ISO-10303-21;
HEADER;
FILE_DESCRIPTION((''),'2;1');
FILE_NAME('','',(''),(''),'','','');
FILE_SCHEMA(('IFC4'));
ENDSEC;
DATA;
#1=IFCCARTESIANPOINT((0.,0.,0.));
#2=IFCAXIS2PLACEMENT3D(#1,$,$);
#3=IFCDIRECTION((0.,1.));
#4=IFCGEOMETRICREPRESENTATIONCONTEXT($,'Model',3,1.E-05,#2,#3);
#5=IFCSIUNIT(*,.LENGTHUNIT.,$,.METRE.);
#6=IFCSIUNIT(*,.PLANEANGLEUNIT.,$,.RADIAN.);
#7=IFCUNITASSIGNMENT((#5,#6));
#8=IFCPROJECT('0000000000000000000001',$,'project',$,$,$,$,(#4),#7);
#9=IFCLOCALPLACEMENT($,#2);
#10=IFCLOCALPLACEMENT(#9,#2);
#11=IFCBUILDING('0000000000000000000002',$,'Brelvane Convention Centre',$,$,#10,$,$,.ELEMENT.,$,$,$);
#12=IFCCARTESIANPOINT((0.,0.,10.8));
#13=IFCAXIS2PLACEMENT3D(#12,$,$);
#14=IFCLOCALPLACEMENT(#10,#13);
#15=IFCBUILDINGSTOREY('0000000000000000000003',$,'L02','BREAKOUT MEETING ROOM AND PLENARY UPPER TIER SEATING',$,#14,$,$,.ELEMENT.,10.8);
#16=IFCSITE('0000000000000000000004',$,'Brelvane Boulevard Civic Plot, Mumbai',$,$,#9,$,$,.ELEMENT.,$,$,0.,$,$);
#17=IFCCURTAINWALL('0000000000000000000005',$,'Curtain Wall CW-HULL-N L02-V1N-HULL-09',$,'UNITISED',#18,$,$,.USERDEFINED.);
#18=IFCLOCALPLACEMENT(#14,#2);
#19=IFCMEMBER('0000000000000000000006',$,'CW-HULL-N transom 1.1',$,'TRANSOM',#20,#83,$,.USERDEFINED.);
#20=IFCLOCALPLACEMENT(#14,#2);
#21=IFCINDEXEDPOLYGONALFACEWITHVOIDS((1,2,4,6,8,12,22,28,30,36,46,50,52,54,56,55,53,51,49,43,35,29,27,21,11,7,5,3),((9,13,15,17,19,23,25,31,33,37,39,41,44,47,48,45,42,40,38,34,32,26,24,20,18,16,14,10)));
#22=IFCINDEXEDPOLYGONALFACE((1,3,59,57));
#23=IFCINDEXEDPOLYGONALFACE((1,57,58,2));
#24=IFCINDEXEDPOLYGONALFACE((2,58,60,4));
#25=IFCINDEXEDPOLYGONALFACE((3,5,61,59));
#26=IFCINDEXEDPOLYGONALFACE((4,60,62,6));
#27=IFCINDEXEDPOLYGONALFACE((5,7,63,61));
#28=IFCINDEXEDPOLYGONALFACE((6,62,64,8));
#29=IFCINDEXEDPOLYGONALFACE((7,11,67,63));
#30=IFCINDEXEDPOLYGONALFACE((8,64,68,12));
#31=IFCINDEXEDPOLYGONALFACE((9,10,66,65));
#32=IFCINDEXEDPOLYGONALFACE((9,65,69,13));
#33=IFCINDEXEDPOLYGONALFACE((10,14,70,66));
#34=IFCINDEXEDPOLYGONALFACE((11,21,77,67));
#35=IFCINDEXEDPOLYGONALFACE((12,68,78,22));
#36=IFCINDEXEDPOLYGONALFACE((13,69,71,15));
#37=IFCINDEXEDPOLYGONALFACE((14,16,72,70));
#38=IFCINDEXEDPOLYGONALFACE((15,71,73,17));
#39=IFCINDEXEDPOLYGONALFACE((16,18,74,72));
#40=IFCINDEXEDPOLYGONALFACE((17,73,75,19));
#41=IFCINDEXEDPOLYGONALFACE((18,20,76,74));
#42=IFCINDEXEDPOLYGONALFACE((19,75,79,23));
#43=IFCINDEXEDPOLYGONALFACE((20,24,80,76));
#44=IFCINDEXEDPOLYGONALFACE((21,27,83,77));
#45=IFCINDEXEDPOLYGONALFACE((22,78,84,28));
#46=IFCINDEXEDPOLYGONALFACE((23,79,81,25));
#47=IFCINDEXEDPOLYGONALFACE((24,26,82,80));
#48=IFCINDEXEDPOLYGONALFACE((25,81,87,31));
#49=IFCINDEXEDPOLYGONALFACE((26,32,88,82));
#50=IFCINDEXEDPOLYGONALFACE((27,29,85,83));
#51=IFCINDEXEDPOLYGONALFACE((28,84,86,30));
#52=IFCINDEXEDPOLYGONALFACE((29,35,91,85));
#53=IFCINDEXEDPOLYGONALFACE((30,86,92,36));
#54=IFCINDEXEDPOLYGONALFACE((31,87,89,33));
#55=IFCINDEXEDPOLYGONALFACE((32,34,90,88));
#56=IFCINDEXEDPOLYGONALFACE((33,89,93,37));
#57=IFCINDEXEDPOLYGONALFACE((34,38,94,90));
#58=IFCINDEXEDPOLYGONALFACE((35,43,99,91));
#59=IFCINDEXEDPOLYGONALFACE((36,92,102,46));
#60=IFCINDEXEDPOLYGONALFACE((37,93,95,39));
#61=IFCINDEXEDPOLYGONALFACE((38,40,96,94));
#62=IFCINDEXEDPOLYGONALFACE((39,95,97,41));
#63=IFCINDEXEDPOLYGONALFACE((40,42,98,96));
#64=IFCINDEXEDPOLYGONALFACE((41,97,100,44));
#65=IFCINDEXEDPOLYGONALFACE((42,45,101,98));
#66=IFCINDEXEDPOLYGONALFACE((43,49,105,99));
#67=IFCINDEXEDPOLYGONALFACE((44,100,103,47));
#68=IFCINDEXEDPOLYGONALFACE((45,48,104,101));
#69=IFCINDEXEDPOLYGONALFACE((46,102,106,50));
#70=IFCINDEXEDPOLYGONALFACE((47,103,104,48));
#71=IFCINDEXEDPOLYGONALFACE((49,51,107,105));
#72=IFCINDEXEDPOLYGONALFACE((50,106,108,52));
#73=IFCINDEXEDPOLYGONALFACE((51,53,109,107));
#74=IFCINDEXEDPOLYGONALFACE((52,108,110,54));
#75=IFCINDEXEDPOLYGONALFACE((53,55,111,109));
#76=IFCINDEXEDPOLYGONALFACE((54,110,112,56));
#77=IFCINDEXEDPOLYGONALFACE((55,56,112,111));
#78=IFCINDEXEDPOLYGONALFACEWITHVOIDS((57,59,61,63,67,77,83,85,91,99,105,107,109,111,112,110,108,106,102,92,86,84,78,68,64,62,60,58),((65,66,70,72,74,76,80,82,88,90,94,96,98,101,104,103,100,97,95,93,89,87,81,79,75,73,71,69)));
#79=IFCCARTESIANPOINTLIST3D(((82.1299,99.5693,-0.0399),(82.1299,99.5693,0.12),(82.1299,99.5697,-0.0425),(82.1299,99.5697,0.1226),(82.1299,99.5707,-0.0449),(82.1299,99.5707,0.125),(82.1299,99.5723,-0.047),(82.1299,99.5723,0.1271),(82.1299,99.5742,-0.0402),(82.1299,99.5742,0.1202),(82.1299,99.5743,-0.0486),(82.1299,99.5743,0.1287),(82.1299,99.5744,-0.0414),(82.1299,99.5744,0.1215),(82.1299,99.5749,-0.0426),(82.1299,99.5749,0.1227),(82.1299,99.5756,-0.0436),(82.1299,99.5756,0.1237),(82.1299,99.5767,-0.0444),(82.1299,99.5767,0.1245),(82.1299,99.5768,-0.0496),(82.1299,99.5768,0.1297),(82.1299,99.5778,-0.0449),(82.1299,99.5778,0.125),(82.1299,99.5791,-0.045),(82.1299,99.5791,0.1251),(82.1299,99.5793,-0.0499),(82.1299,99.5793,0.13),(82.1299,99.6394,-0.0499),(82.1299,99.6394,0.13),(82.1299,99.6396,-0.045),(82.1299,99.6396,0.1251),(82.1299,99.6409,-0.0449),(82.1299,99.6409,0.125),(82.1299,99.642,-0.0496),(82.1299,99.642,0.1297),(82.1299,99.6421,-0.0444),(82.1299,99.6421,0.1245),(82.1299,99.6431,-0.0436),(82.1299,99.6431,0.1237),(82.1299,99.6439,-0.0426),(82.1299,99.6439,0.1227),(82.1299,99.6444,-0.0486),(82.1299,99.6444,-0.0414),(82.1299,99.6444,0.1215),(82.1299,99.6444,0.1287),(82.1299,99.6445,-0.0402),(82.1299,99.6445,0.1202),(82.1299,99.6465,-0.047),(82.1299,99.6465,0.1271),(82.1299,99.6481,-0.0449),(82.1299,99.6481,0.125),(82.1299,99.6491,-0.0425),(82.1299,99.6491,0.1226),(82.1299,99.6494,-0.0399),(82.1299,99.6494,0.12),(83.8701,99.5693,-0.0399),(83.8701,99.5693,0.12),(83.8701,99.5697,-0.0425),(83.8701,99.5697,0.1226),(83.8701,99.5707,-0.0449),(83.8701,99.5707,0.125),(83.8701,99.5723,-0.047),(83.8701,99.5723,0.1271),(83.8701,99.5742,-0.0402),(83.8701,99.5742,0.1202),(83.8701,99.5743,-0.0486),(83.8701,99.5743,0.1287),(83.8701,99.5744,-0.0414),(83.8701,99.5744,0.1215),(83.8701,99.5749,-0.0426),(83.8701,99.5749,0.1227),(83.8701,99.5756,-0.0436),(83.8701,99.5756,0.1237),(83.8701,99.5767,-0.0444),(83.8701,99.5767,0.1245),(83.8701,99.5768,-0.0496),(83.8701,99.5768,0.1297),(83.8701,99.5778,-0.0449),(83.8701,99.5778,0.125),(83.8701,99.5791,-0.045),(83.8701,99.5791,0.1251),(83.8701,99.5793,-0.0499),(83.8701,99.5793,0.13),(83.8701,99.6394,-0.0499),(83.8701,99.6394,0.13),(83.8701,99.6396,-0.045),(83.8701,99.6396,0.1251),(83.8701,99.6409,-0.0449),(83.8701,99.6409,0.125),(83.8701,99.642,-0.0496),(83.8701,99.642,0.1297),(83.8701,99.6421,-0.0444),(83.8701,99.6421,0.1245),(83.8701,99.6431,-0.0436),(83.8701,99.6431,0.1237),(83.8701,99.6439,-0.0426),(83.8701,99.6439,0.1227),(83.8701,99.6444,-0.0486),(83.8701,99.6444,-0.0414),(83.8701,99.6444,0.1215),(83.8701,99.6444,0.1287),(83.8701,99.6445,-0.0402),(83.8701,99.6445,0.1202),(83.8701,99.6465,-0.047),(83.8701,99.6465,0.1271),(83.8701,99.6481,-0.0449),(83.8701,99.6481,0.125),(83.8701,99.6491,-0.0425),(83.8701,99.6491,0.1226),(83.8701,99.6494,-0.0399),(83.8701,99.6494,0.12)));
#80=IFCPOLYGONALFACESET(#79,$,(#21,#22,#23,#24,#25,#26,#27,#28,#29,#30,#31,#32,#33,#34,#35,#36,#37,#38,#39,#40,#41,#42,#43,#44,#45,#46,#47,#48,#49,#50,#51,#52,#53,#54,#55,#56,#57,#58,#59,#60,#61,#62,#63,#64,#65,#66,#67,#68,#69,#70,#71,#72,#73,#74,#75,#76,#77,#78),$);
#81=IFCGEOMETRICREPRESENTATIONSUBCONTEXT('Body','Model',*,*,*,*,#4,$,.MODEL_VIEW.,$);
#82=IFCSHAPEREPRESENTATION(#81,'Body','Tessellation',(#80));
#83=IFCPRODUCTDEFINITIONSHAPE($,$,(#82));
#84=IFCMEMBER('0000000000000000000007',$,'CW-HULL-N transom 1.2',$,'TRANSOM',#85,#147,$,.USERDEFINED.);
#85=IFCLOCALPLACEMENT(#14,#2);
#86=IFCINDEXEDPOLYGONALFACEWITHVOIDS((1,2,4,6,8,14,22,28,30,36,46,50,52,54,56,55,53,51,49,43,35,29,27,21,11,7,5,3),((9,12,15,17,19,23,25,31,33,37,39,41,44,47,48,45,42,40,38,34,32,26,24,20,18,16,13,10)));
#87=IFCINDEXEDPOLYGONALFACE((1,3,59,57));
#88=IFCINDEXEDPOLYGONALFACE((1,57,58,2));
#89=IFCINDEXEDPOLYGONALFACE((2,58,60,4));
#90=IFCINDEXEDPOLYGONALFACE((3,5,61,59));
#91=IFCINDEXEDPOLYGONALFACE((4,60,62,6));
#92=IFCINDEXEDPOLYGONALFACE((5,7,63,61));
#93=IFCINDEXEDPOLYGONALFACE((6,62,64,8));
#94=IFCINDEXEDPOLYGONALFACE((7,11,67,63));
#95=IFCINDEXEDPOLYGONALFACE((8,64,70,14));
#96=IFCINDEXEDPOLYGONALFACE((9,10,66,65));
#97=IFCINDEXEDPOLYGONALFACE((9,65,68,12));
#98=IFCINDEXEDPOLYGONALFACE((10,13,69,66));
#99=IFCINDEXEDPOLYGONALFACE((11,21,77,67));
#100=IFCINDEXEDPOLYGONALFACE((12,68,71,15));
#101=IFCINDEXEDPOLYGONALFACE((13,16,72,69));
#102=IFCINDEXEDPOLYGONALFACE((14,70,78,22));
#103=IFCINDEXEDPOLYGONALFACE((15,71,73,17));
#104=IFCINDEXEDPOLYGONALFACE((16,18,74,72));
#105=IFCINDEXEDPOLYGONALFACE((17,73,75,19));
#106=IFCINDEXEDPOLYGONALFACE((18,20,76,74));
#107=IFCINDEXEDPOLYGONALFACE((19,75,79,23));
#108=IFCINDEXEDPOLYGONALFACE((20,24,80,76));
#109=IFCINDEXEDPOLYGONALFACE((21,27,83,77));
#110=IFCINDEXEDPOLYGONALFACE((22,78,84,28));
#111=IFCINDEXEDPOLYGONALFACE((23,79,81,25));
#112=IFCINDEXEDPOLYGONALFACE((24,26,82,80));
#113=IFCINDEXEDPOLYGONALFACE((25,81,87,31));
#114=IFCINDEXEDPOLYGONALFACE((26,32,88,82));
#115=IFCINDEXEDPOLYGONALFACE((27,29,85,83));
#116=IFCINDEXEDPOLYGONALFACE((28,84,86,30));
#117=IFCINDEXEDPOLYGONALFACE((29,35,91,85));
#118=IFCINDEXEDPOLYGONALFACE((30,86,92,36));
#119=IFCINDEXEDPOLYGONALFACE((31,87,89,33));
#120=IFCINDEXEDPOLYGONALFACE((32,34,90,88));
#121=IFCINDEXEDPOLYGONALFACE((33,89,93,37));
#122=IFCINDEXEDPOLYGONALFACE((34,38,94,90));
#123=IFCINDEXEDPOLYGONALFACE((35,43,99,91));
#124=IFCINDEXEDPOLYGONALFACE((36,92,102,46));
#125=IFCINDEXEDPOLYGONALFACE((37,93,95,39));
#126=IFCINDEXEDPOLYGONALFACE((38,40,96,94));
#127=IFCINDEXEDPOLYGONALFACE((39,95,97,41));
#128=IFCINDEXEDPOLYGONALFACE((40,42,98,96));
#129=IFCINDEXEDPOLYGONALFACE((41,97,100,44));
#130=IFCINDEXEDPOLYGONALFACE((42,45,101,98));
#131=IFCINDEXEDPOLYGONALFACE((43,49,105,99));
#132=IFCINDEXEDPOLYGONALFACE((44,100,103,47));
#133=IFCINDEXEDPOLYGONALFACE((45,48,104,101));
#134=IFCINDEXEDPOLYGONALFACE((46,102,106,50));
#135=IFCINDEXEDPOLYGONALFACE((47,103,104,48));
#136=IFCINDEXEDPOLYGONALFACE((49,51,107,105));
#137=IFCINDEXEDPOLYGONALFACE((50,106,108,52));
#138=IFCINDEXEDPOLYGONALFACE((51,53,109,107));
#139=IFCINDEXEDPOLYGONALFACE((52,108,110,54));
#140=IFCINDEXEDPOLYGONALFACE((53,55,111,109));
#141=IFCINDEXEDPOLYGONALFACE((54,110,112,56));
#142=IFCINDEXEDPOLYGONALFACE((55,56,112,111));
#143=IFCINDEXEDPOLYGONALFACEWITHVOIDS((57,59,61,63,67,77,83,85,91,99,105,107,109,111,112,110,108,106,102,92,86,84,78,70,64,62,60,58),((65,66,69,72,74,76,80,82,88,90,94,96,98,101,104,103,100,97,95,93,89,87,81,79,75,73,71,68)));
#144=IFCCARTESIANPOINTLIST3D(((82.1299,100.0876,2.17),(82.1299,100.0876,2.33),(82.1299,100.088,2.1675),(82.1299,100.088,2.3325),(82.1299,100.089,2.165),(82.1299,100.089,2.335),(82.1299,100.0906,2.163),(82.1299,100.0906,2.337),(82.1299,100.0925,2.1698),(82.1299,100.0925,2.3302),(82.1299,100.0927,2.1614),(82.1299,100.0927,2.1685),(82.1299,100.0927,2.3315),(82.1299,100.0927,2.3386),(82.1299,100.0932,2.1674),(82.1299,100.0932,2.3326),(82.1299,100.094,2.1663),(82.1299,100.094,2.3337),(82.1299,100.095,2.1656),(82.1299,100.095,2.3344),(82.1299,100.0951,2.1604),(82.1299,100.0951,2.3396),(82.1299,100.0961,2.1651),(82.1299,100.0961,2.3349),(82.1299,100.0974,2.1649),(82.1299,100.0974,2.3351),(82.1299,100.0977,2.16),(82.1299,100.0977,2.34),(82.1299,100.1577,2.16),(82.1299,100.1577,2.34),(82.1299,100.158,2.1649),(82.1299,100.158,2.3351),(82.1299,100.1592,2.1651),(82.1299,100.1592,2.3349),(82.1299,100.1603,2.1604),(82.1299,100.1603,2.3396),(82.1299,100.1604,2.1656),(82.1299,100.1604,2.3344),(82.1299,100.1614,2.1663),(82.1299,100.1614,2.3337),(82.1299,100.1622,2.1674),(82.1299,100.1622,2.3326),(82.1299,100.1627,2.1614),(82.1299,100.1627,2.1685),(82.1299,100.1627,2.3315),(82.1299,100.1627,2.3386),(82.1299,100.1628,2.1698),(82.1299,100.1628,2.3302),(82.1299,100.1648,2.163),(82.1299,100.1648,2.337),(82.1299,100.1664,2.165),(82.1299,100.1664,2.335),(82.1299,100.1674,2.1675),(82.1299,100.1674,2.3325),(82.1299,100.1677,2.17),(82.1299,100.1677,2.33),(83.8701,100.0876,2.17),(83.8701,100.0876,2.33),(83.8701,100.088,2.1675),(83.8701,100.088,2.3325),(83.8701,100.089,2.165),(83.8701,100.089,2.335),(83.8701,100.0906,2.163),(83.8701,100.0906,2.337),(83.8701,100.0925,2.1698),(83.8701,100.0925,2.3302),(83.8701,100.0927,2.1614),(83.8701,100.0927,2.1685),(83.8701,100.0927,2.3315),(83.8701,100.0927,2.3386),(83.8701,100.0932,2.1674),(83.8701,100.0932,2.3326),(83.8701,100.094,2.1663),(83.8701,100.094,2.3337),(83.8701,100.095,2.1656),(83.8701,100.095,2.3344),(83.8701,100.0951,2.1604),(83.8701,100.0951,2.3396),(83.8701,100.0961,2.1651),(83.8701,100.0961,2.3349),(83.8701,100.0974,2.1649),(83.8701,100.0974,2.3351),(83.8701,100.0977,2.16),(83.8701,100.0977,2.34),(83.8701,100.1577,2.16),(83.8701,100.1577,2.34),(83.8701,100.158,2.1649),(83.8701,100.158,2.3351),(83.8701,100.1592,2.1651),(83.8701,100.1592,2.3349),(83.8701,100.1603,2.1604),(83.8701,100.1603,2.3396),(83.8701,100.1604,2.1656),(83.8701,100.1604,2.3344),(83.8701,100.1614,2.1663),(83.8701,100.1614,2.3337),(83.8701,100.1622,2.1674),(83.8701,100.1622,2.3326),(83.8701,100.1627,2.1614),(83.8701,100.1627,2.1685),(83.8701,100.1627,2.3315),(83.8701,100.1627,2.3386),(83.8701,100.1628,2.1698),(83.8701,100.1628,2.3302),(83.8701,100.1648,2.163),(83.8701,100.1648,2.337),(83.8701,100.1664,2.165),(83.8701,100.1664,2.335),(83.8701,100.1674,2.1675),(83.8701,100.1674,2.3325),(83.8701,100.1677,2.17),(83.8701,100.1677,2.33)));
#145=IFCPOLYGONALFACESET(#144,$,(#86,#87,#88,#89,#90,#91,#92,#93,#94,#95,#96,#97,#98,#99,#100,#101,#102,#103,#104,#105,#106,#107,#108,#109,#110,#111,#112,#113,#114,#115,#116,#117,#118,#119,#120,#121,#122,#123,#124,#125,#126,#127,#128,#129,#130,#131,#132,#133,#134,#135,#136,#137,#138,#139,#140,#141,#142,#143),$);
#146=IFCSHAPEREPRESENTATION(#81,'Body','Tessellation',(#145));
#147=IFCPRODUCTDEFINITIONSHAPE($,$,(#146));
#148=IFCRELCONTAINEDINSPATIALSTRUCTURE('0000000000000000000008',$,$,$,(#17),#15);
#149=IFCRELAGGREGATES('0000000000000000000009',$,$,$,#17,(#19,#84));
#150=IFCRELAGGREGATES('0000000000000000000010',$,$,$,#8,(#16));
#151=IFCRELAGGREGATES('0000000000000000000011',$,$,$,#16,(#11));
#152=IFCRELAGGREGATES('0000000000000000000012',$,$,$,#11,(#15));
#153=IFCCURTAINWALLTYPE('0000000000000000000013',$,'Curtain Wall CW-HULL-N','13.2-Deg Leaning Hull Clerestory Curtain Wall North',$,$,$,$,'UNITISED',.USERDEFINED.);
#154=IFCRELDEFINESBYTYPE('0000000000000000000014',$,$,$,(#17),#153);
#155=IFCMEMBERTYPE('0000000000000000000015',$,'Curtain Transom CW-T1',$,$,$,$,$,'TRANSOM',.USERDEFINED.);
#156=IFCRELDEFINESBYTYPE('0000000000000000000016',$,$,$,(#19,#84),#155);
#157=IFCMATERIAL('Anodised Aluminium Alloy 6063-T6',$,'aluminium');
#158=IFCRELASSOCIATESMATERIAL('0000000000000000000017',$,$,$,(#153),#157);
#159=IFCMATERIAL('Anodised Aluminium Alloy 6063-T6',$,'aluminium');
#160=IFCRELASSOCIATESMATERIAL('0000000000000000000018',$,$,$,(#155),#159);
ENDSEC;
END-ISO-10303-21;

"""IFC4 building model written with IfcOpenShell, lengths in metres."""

from ifc_helpers import new_model, si_unit, direction, frame, origin, origin_2d, place, context, subcontext, project, spatial, hollow_rectangle, extrude, material, material_profile, profile_set, type_object, element, aggregate, save


model = new_model("IFC4")

# Units and contexts
model_context = context("Model", 3, precision=1e-05, world=origin(), true_north=direction((0.0, 1.0)))
body_context = subcontext(model_context, "Body", "Model", "MODEL_VIEW")
ifc_project = project(units=[si_unit("LENGTHUNIT", "METRE"), si_unit("PLANEANGLEUNIT", "RADIAN")], contexts=[model_context])

# Site, building, storey
site_placement = place(None, origin())
site = spatial("IfcSite", under=ifc_project, at=site_placement, Name="Brelvane Boulevard Civic Plot, Mumbai", CompositionType="ELEMENT", RefElevation=0.0)
building_placement = place(site_placement, origin())
building = spatial("IfcBuilding", under=site, at=building_placement, Name="Brelvane Convention Centre", CompositionType="ELEMENT")
storey_placement = place(building_placement, frame((0.0, 0.0, 10.8)))
storey = spatial("IfcBuildingStorey", under=building, at=storey_placement, Name="L02", Description="BREAKOUT MEETING ROOM AND PLENARY UPPER TIER SEATING", CompositionType="ELEMENT", Elevation=10.8)

# Curtain wall
ifc_material_1 = material(Name="Anodised Aluminium Alloy 6063-T6", Category="aluminium")
curtain_wall_type = type_object("IfcCurtainWallType", Name="Curtain Wall CW-HULL-N", Description="13.2-Deg Leaning Hull Clerestory Curtain Wall North", ElementType="UNITISED", PredefinedType="USERDEFINED", material=ifc_material_1)
curtain_wall_1_placement = place(storey_placement, origin())
curtain_wall_1 = element("IfcCurtainWall", 1, at=curtain_wall_1_placement, inside=storey, type_object=curtain_wall_type, Name="Curtain Wall CW-HULL-N L02-V1N-HULL-09", ObjectType="UNITISED", PredefinedType="USERDEFINED")

# Members
ifc_material_2 = material(Name="Anodised Aluminium Alloy 6063-T6", Category="aluminium")
ifc_material_profile_1 = material_profile(ifc_material_2, hollow_rectangle(XDim=0.0801, YDim=0.1799, WallThickness=0.0049, InnerFilletRadius=0.0049, OuterFilletRadius=0.01, at=origin_2d()), Name="ALU-T 180x80x5.0")
ifc_profile_set_1 = profile_set([ifc_material_profile_1], Name="Anodised Aluminium Alloy 6063-T6")
member_type_1 = type_object("IfcMemberType", Name="Curtain Transom CW-T1", ElementType="TRANSOM", PredefinedType="USERDEFINED", material=ifc_profile_set_1)
member_1_placement = place(storey_placement, frame((82.1299, 99.6094, 0.04), z_axis=(1.0, 0.0, 0.0), x_axis=(0.0, 1.0, 0.0)))
member_1 = element("IfcMember", 2, at=member_1_placement, type_object=member_type_1, Name="CW-HULL-N transom 1.1", ObjectType="TRANSOM", PredefinedType="USERDEFINED", context=body_context, shape_type="SweptSolid", body=[
    extrude(hollow_rectangle(XDim=0.0801, YDim=0.1799, WallThickness=0.0049, InnerFilletRadius=0.0049, OuterFilletRadius=0.01, at=origin_2d()), origin(), (0.0, 0.0, 1.0), 1.7402),
])
member_2_placement = place(storey_placement, frame((82.1299, 100.1277, 2.25), z_axis=(1.0, 0.0, 0.0), x_axis=(0.0, 1.0, 0.0)))
member_2 = element("IfcMember", 3, at=member_2_placement, type_object=member_type_1, Name="CW-HULL-N transom 1.2", ObjectType="TRANSOM", PredefinedType="USERDEFINED", context=body_context, shape_type="SweptSolid", body=[
    extrude(hollow_rectangle(XDim=0.0801, YDim=0.1799, WallThickness=0.0049, InnerFilletRadius=0.0049, OuterFilletRadius=0.01, at=origin_2d()), origin(), (0.0, 0.0, 1.0), 1.7402),
])

aggregate(curtain_wall_1, [member_1, member_2])

save(model, "model.ifc")
